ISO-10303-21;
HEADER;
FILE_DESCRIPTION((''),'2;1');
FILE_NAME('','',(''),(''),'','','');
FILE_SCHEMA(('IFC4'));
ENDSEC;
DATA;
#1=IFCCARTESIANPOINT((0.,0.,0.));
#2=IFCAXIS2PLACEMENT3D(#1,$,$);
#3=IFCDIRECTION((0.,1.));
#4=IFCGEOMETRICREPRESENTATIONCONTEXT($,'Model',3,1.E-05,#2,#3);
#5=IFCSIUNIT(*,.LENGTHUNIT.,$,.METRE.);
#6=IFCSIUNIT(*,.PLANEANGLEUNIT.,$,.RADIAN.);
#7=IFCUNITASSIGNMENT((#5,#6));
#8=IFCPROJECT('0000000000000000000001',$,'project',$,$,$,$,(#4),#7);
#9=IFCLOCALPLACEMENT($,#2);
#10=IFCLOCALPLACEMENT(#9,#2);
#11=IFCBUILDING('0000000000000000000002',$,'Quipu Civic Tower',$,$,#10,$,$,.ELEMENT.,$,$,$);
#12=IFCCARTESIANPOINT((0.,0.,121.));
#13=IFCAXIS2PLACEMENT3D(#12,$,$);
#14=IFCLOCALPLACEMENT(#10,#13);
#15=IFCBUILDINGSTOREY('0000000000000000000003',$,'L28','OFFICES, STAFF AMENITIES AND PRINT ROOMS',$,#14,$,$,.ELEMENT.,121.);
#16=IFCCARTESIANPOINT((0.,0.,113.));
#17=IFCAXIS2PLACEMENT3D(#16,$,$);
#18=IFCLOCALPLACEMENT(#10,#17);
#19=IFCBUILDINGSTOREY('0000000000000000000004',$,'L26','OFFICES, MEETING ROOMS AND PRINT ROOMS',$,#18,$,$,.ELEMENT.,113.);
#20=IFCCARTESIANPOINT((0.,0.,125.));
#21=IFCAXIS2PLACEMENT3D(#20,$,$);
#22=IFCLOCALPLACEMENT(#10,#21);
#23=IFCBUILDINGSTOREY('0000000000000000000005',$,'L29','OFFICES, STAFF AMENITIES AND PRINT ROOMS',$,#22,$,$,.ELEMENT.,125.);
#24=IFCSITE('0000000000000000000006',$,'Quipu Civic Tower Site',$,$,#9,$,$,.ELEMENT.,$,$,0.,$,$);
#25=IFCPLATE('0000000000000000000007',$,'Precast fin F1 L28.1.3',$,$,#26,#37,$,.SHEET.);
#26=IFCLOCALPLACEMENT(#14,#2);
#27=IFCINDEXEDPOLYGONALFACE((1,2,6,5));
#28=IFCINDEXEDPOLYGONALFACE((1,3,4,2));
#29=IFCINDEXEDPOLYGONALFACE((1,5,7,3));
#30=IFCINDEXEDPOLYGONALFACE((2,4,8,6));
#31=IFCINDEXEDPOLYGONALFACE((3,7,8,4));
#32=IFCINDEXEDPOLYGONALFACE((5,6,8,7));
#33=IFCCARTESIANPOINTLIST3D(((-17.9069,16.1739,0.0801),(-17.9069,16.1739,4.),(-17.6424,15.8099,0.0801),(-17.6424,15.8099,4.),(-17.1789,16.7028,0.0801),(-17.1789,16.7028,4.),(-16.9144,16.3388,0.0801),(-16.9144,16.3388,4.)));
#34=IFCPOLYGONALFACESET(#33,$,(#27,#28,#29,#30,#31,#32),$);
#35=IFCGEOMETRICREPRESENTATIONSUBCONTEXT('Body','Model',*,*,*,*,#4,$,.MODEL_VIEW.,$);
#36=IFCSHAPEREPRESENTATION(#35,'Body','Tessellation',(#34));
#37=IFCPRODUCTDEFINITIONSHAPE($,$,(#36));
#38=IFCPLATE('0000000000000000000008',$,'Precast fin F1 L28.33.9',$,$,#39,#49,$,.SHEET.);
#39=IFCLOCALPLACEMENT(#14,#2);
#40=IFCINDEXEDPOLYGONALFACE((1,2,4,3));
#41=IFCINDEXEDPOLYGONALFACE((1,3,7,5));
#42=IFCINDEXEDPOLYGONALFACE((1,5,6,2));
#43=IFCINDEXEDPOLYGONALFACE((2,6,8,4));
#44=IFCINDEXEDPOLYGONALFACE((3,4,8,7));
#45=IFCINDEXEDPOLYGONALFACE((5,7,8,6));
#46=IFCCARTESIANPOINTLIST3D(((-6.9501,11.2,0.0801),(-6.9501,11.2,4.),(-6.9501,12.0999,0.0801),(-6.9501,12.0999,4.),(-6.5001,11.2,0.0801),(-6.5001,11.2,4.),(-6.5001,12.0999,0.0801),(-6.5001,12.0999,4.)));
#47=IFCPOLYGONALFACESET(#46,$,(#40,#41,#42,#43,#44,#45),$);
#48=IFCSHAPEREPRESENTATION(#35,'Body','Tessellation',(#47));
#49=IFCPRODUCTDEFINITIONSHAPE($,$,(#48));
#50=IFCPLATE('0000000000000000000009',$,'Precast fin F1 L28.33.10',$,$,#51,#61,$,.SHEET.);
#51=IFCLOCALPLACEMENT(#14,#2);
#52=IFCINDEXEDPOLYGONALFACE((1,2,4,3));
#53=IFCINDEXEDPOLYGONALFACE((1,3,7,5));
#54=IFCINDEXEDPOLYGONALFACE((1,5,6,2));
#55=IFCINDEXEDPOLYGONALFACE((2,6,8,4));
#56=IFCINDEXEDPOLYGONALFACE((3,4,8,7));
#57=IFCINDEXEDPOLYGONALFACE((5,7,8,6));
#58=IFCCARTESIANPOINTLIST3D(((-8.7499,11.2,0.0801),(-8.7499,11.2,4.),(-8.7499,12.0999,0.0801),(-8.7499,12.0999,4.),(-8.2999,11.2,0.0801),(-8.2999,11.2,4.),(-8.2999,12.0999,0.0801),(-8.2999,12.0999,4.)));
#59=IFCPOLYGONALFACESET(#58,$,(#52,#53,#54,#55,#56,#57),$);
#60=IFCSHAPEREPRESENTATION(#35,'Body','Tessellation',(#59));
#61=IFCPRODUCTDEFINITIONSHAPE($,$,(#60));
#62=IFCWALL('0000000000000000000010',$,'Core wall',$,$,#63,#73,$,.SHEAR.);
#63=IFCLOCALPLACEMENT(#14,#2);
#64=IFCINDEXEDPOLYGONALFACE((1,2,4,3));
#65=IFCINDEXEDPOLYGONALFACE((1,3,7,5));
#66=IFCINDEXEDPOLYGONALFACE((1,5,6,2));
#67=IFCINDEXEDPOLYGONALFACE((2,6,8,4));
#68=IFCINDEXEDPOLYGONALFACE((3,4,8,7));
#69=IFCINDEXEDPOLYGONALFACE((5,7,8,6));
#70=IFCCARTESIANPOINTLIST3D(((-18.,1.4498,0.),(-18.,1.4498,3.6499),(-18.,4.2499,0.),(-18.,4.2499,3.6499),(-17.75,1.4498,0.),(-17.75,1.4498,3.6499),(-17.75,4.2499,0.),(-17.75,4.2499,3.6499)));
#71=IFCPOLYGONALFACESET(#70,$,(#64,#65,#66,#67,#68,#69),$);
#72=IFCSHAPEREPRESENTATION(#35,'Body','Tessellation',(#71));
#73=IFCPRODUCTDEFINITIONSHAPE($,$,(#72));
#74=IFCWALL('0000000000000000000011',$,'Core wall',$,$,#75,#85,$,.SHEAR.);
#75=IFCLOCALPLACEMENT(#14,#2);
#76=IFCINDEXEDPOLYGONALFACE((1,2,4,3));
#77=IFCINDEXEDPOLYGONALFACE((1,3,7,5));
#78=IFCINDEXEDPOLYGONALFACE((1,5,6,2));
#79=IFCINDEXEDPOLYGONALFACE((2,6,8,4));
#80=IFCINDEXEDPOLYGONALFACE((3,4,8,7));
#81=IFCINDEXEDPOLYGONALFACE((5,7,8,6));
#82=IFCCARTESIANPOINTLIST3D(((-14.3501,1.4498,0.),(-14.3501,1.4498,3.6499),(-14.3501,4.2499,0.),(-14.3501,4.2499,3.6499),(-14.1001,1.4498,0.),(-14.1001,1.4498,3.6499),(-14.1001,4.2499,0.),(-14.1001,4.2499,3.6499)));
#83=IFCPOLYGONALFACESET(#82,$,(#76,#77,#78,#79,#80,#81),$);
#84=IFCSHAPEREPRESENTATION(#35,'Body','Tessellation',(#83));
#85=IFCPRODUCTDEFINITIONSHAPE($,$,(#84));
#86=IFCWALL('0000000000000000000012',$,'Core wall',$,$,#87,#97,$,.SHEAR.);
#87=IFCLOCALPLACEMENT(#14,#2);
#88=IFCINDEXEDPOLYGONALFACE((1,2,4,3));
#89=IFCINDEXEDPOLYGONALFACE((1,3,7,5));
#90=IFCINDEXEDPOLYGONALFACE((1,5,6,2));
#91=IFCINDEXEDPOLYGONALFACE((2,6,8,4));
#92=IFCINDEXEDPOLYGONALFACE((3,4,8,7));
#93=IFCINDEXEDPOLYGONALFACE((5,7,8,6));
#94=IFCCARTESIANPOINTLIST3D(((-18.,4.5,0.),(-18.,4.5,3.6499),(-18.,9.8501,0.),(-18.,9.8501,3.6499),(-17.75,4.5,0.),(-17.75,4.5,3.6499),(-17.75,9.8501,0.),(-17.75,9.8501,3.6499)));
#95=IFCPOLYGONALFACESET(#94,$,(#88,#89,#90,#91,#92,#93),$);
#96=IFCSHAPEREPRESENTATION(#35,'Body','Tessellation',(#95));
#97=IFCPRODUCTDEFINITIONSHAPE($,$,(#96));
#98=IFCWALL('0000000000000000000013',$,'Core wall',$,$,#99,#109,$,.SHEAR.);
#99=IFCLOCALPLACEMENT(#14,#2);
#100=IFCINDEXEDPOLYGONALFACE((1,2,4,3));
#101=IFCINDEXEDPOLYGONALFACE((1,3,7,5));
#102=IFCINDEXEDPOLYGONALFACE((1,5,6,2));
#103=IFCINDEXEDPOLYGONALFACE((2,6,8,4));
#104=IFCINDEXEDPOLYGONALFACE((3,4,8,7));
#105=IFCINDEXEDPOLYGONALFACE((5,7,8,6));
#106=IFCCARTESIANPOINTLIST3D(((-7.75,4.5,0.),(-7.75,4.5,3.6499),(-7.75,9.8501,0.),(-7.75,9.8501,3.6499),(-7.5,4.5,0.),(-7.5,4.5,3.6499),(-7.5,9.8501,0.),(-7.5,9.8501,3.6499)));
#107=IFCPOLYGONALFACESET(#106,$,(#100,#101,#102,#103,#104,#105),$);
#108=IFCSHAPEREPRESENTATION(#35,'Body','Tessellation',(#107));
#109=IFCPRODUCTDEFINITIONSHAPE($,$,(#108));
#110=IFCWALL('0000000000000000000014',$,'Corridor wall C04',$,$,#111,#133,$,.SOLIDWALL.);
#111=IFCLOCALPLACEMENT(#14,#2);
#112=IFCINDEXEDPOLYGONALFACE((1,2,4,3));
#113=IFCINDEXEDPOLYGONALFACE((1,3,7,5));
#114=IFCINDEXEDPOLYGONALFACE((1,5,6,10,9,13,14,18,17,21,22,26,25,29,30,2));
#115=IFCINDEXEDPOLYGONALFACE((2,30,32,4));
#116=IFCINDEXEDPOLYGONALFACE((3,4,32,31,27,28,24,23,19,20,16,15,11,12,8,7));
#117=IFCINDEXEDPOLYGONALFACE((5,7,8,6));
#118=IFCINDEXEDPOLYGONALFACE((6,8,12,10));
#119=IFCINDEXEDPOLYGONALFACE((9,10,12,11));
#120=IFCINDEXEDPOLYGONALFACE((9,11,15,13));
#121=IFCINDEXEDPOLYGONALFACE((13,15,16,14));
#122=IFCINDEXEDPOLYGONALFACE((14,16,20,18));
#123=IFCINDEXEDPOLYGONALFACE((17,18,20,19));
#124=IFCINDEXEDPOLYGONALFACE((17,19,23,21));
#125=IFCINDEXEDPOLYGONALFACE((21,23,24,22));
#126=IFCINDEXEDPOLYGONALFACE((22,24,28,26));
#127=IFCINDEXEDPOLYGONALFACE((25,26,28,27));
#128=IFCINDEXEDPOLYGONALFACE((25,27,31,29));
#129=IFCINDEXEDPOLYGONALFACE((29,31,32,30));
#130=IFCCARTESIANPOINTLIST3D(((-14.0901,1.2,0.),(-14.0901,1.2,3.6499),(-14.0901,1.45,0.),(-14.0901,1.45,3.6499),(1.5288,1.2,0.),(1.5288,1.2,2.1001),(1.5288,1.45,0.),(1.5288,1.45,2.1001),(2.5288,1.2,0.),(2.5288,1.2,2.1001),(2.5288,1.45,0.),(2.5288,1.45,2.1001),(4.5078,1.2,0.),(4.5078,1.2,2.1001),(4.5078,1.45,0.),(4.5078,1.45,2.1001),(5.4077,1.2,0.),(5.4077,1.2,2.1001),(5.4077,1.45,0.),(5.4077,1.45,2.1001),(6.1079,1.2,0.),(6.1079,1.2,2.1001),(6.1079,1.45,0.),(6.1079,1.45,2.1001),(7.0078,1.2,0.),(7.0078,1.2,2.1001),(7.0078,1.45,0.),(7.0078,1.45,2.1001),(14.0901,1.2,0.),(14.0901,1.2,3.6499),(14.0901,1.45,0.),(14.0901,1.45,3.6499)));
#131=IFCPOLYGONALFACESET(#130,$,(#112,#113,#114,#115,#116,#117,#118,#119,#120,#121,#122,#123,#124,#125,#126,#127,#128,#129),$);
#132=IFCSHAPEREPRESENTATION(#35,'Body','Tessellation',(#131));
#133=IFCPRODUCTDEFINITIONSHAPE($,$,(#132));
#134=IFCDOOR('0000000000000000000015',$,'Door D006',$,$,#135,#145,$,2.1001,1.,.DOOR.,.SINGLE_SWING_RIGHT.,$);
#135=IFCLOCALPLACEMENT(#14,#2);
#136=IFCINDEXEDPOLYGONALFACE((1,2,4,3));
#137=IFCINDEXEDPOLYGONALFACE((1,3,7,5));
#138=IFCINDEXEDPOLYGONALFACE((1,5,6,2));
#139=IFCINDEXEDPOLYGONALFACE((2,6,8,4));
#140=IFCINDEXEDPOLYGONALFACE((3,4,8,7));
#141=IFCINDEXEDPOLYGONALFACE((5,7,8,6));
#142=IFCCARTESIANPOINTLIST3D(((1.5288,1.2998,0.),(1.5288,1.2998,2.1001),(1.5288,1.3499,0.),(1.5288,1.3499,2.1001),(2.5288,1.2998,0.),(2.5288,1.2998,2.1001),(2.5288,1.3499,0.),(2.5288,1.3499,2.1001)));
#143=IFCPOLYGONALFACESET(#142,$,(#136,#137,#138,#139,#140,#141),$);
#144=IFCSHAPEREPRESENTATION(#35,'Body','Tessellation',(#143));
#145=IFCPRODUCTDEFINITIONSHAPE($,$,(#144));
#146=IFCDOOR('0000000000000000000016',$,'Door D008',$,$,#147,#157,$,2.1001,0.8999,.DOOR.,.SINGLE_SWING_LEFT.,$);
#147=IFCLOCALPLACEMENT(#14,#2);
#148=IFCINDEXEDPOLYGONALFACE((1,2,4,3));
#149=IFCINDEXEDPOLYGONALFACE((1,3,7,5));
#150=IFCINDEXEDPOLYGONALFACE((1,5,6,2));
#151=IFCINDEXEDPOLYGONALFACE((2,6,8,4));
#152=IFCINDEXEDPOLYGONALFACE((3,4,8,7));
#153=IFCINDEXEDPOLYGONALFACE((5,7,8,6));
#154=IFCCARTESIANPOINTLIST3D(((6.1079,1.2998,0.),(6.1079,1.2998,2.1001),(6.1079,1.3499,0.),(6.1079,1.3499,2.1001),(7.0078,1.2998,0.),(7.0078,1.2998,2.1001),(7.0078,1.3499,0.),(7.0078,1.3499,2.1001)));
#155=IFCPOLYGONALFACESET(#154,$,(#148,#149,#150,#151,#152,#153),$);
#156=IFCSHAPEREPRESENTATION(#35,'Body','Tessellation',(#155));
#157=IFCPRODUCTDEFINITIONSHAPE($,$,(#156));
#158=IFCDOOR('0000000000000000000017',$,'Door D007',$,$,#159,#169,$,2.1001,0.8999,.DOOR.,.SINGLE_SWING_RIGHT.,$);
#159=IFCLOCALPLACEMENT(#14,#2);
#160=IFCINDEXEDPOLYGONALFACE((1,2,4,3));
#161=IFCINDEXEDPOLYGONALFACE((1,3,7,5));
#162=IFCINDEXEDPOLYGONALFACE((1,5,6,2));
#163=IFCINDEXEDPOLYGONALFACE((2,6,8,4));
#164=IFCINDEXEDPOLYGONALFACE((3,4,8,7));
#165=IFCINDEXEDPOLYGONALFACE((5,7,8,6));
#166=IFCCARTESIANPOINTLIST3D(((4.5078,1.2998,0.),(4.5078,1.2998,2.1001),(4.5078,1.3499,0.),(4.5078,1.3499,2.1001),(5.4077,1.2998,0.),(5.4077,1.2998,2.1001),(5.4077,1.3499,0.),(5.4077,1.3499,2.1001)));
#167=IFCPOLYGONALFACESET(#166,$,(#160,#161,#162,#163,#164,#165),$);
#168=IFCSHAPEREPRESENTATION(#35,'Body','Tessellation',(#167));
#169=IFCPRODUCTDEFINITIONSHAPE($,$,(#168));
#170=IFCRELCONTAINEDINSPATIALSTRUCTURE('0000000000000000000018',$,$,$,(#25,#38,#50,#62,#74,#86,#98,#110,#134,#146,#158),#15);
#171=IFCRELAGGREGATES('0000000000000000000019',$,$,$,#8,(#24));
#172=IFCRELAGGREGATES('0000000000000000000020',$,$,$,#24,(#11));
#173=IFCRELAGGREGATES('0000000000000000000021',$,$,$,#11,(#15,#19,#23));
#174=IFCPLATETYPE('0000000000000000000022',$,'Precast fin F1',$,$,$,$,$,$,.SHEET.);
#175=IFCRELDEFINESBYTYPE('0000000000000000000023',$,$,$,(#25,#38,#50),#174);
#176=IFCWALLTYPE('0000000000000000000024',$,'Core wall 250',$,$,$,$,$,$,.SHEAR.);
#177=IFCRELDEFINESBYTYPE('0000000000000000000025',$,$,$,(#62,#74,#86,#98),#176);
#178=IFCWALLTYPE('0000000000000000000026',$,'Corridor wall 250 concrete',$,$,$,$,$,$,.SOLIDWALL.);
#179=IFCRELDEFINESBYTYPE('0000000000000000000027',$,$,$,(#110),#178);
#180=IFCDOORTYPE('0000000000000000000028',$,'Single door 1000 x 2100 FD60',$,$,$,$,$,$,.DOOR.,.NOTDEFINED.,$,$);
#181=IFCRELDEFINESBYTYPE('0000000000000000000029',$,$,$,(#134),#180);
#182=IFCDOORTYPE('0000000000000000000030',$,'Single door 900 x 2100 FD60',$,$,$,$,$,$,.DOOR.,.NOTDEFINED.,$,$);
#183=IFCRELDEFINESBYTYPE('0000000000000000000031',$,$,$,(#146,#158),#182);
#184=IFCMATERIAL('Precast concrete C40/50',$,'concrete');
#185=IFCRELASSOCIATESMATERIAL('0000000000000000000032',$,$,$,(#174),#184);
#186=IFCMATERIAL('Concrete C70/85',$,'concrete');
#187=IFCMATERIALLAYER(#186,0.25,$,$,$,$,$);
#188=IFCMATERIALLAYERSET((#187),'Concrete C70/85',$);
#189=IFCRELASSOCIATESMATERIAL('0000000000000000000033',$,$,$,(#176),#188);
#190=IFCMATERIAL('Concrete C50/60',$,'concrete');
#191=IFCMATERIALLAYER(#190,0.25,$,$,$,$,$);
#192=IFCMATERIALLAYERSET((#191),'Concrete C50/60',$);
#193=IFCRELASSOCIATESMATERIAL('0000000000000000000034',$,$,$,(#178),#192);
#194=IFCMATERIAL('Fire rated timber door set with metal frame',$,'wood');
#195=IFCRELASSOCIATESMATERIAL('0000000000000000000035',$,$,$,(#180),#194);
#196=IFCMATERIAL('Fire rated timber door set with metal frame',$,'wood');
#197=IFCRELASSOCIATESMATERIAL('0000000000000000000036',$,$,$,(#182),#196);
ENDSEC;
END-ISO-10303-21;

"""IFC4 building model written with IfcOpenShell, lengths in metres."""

from ifc_helpers import new_model, si_unit, direction, frame, frame_2d, origin, origin_2d, place, context, subcontext, project, spatial, rectangle, extrude, material, layer, layer_set, type_object, element, fill, save


model = new_model("IFC4")

# Units and contexts
model_context = context("Model", 3, precision=1e-05, world=origin(), true_north=direction((0.0, 1.0)))
body_context = subcontext(model_context, "Body", "Model", "MODEL_VIEW")
ifc_project = project(units=[si_unit("LENGTHUNIT", "METRE"), si_unit("PLANEANGLEUNIT", "RADIAN")], contexts=[model_context])

# Site, building, storey
site_placement = place(None, origin())
site = spatial("IfcSite", under=ifc_project, at=site_placement, Name="Quipu Civic Tower Site", CompositionType="ELEMENT", RefElevation=0.0)
building_placement = place(site_placement, origin())
building = spatial("IfcBuilding", under=site, at=building_placement, Name="Quipu Civic Tower", CompositionType="ELEMENT")
storey_1_placement = place(building_placement, frame((0.0, 0.0, 121.0)))
storey_1 = spatial("IfcBuildingStorey", under=building, at=storey_1_placement, Name="L28", Description="OFFICES, STAFF AMENITIES AND PRINT ROOMS", CompositionType="ELEMENT", Elevation=121.0)

# Shared definitions
storey_2_placement = place(building_placement, frame((0.0, 0.0, 113.0)))
storey_2 = spatial("IfcBuildingStorey", under=building, at=storey_2_placement, Name="L26", Description="OFFICES, MEETING ROOMS AND PRINT ROOMS", CompositionType="ELEMENT", Elevation=113.0)

# Shared definitions
storey_3_placement = place(building_placement, frame((0.0, 0.0, 125.0)))
storey_3 = spatial("IfcBuildingStorey", under=building, at=storey_3_placement, Name="L29", Description="OFFICES, STAFF AMENITIES AND PRINT ROOMS", CompositionType="ELEMENT", Elevation=125.0)

# Plates
ifc_material_1 = material(Name="Precast concrete C40/50", Category="concrete")
plate_type_1 = type_object("IfcPlateType", Name="Precast fin F1", PredefinedType="SHEET", material=ifc_material_1)
for number, where, z_axis, x_axis, name in (
    (1, (-17.4106, 16.2563, 0.0801), (0.0, 0.0, 1.0), (-0.587785, 0.809017, 0.0), "Precast fin F1 L28.1.3"),
    (2, (-6.7251, 11.6499, 0.0801), (0.0, 0.0, 1.0), (-1.0, 0.0, 0.0), "Precast fin F1 L28.33.9"),
    (3, (-8.5249, 11.6499, 0.0801), (0.0, 0.0, 1.0), (-1.0, 0.0, 0.0), "Precast fin F1 L28.33.10"),
):
    element("IfcPlate", number, at=place(storey_1_placement, frame(where, z_axis=z_axis, x_axis=x_axis)), inside=storey_1, type_object=plate_type_1, Name=name, PredefinedType="SHEET", context=body_context, shape_type="SweptSolid", body=[
        extrude(rectangle(XDim=0.45, YDim=0.8999, at=origin_2d()), origin(), (0.0, 0.0, 1.0), 3.9199),
    ])

# Walls
ifc_material_2 = material(Name="Concrete C70/85", Category="concrete")
ifc_layer_1 = layer(ifc_material_2, 0.25)
ifc_layer_set_1 = layer_set([ifc_layer_1], Name="Concrete C70/85")
wall_type_1 = type_object("IfcWallType", Name="Core wall 250", PredefinedType="SHEAR", material=ifc_layer_set_1)
for number, where, z_axis, x_axis, name in (
    (4, (-17.875, 1.45, 0.0), (0.0, 0.0, 1.0), (0.0, 1.0, 0.0), "Core wall"),
    (5, (-14.2251, 1.45, 0.0), (0.0, 0.0, 1.0), (0.0, 1.0, 0.0), "Core wall"),
):
    element("IfcWall", number, at=place(storey_1_placement, frame(where, z_axis=z_axis, x_axis=x_axis)), inside=storey_1, type_object=wall_type_1, Name=name, PredefinedType="SHEAR", context=body_context, shape_type="SweptSolid", body=[
        extrude(rectangle(XDim=2.8, YDim=0.25, at=frame_2d((1.3999, 0.0))), origin(), (0.0, 0.0, 1.0), 3.6499),
    ])
for number, where, z_axis, x_axis, name in (
    (6, (-17.875, 4.5, 0.0), (0.0, 0.0, 1.0), (0.0, 1.0, 0.0), "Core wall"),
    (7, (-7.625, 4.5, 0.0), (0.0, 0.0, 1.0), (0.0, 1.0, 0.0), "Core wall"),
):
    element("IfcWall", number, at=place(storey_1_placement, frame(where, z_axis=z_axis, x_axis=x_axis)), inside=storey_1, type_object=wall_type_1, Name=name, PredefinedType="SHEAR", context=body_context, shape_type="SweptSolid", body=[
        extrude(rectangle(XDim=5.3501, YDim=0.25, at=frame_2d((2.675, 0.0))), origin(), (0.0, 0.0, 1.0), 3.6499),
    ])

# Wall, openings, doors
ifc_material_3 = material(Name="Concrete C50/60", Category="concrete")
ifc_layer_2 = layer(ifc_material_3, 0.25)
ifc_layer_set_2 = layer_set([ifc_layer_2], Name="Concrete C50/60")
wall_type_2 = type_object("IfcWallType", Name="Corridor wall 250 concrete", PredefinedType="SOLIDWALL", material=ifc_layer_set_2)
wall_1_placement = place(storey_1_placement, frame((-14.0901, 1.325, 0.0), z_axis=(0.0, 0.0, 1.0), x_axis=(1.0, 0.0, 0.0)))
wall_1 = element("IfcWall", 8, at=wall_1_placement, inside=storey_1, type_object=wall_type_2, Name="Corridor wall C04", PredefinedType="SOLIDWALL", context=body_context, shape_type="SweptSolid", body=[
    extrude(rectangle(XDim=28.1802, YDim=0.25, at=frame_2d((14.0901, 0.0))), origin(), (0.0, 0.0, 1.0), 3.6499),
])
opening_1_placement = place(wall_1_placement, frame((20.198, 0.0, 0.0)))
opening_1 = element("IfcOpeningElement", 9, at=opening_1_placement, cuts=wall_1, PredefinedType="OPENING", context=body_context, shape_type="SweptSolid", body=[
    extrude(rectangle(XDim=0.8999, YDim=2.1001, at=frame_2d((0.45, 1.05))), frame((0.0, 0.135, 0.0), z_axis=(0.0, -1.0, 0.0), x_axis=(1.0, 0.0, 0.0)), (0.0, 0.0, 1.0), 0.27),
])
opening_2_placement = place(wall_1_placement, frame((15.6189, 0.0, 0.0)))
opening_2 = element("IfcOpeningElement", 10, at=opening_2_placement, cuts=wall_1, PredefinedType="OPENING", context=body_context, shape_type="SweptSolid", body=[
    extrude(rectangle(XDim=1.0, YDim=2.1001, at=frame_2d((0.5, 1.05))), frame((0.0, 0.135, 0.0), z_axis=(0.0, -1.0, 0.0), x_axis=(1.0, 0.0, 0.0)), (0.0, 0.0, 1.0), 0.27),
])
opening_3_placement = place(wall_1_placement, frame((18.5979, 0.0, 0.0)))
opening_3 = element("IfcOpeningElement", 11, at=opening_3_placement, cuts=wall_1, PredefinedType="OPENING", context=body_context, shape_type="SweptSolid", body=[
    extrude(rectangle(XDim=0.8999, YDim=2.1001, at=frame_2d((0.45, 1.05))), frame((0.0, 0.135, 0.0), z_axis=(0.0, -1.0, 0.0), x_axis=(1.0, 0.0, 0.0)), (0.0, 0.0, 1.0), 0.27),
])
ifc_material_4 = material(Name="Fire rated timber door set with metal frame", Category="wood")
door_type_1 = type_object("IfcDoorType", Name="Single door 1000 x 2100 FD60", OperationType="NOTDEFINED", PredefinedType="DOOR", material=ifc_material_4)
door_1_placement = place(opening_2_placement, origin())
door_1 = element("IfcDoor", 12, at=door_1_placement, inside=storey_1, type_object=door_type_1, Name="Door D006", OperationType="SINGLE_SWING_RIGHT", OverallHeight=2.1001, OverallWidth=1.0, PredefinedType="DOOR", context=body_context, shape_type="SweptSolid", body=[
    extrude(rectangle(XDim=1.0, YDim=2.1001, at=frame_2d((0.5, 1.05))), frame((0.0, 0.0249, 0.0), z_axis=(0.0, -1.0, 0.0), x_axis=(1.0, 0.0, 0.0)), (0.0, 0.0, 1.0), 0.05),
])
fill(opening_2, door_1)
ifc_material_5 = material(Name="Fire rated timber door set with metal frame", Category="wood")
door_type_2 = type_object("IfcDoorType", Name="Single door 900 x 2100 FD60", OperationType="NOTDEFINED", PredefinedType="DOOR", material=ifc_material_5)
door_2_placement = place(opening_1_placement, origin())
door_2 = element("IfcDoor", 13, at=door_2_placement, inside=storey_1, type_object=door_type_2, Name="Door D008", OperationType="SINGLE_SWING_LEFT", OverallHeight=2.1001, OverallWidth=0.8999, PredefinedType="DOOR", context=body_context, shape_type="SweptSolid", body=[
    extrude(rectangle(XDim=0.8999, YDim=2.1001, at=frame_2d((0.45, 1.05))), frame((0.0, 0.0249, 0.0), z_axis=(0.0, -1.0, 0.0), x_axis=(1.0, 0.0, 0.0)), (0.0, 0.0, 1.0), 0.05),
])
fill(opening_1, door_2)
door_3_placement = place(opening_3_placement, origin())
door_3 = element("IfcDoor", 14, at=door_3_placement, inside=storey_1, type_object=door_type_2, Name="Door D007", OperationType="SINGLE_SWING_RIGHT", OverallHeight=2.1001, OverallWidth=0.8999, PredefinedType="DOOR", context=body_context, shape_type="SweptSolid", body=[
    extrude(rectangle(XDim=0.8999, YDim=2.1001, at=frame_2d((0.45, 1.05))), frame((0.0, 0.0249, 0.0), z_axis=(0.0, -1.0, 0.0), x_axis=(1.0, 0.0, 0.0)), (0.0, 0.0, 1.0), 0.05),
])
fill(opening_3, door_3)

save(model, "model.ifc")
